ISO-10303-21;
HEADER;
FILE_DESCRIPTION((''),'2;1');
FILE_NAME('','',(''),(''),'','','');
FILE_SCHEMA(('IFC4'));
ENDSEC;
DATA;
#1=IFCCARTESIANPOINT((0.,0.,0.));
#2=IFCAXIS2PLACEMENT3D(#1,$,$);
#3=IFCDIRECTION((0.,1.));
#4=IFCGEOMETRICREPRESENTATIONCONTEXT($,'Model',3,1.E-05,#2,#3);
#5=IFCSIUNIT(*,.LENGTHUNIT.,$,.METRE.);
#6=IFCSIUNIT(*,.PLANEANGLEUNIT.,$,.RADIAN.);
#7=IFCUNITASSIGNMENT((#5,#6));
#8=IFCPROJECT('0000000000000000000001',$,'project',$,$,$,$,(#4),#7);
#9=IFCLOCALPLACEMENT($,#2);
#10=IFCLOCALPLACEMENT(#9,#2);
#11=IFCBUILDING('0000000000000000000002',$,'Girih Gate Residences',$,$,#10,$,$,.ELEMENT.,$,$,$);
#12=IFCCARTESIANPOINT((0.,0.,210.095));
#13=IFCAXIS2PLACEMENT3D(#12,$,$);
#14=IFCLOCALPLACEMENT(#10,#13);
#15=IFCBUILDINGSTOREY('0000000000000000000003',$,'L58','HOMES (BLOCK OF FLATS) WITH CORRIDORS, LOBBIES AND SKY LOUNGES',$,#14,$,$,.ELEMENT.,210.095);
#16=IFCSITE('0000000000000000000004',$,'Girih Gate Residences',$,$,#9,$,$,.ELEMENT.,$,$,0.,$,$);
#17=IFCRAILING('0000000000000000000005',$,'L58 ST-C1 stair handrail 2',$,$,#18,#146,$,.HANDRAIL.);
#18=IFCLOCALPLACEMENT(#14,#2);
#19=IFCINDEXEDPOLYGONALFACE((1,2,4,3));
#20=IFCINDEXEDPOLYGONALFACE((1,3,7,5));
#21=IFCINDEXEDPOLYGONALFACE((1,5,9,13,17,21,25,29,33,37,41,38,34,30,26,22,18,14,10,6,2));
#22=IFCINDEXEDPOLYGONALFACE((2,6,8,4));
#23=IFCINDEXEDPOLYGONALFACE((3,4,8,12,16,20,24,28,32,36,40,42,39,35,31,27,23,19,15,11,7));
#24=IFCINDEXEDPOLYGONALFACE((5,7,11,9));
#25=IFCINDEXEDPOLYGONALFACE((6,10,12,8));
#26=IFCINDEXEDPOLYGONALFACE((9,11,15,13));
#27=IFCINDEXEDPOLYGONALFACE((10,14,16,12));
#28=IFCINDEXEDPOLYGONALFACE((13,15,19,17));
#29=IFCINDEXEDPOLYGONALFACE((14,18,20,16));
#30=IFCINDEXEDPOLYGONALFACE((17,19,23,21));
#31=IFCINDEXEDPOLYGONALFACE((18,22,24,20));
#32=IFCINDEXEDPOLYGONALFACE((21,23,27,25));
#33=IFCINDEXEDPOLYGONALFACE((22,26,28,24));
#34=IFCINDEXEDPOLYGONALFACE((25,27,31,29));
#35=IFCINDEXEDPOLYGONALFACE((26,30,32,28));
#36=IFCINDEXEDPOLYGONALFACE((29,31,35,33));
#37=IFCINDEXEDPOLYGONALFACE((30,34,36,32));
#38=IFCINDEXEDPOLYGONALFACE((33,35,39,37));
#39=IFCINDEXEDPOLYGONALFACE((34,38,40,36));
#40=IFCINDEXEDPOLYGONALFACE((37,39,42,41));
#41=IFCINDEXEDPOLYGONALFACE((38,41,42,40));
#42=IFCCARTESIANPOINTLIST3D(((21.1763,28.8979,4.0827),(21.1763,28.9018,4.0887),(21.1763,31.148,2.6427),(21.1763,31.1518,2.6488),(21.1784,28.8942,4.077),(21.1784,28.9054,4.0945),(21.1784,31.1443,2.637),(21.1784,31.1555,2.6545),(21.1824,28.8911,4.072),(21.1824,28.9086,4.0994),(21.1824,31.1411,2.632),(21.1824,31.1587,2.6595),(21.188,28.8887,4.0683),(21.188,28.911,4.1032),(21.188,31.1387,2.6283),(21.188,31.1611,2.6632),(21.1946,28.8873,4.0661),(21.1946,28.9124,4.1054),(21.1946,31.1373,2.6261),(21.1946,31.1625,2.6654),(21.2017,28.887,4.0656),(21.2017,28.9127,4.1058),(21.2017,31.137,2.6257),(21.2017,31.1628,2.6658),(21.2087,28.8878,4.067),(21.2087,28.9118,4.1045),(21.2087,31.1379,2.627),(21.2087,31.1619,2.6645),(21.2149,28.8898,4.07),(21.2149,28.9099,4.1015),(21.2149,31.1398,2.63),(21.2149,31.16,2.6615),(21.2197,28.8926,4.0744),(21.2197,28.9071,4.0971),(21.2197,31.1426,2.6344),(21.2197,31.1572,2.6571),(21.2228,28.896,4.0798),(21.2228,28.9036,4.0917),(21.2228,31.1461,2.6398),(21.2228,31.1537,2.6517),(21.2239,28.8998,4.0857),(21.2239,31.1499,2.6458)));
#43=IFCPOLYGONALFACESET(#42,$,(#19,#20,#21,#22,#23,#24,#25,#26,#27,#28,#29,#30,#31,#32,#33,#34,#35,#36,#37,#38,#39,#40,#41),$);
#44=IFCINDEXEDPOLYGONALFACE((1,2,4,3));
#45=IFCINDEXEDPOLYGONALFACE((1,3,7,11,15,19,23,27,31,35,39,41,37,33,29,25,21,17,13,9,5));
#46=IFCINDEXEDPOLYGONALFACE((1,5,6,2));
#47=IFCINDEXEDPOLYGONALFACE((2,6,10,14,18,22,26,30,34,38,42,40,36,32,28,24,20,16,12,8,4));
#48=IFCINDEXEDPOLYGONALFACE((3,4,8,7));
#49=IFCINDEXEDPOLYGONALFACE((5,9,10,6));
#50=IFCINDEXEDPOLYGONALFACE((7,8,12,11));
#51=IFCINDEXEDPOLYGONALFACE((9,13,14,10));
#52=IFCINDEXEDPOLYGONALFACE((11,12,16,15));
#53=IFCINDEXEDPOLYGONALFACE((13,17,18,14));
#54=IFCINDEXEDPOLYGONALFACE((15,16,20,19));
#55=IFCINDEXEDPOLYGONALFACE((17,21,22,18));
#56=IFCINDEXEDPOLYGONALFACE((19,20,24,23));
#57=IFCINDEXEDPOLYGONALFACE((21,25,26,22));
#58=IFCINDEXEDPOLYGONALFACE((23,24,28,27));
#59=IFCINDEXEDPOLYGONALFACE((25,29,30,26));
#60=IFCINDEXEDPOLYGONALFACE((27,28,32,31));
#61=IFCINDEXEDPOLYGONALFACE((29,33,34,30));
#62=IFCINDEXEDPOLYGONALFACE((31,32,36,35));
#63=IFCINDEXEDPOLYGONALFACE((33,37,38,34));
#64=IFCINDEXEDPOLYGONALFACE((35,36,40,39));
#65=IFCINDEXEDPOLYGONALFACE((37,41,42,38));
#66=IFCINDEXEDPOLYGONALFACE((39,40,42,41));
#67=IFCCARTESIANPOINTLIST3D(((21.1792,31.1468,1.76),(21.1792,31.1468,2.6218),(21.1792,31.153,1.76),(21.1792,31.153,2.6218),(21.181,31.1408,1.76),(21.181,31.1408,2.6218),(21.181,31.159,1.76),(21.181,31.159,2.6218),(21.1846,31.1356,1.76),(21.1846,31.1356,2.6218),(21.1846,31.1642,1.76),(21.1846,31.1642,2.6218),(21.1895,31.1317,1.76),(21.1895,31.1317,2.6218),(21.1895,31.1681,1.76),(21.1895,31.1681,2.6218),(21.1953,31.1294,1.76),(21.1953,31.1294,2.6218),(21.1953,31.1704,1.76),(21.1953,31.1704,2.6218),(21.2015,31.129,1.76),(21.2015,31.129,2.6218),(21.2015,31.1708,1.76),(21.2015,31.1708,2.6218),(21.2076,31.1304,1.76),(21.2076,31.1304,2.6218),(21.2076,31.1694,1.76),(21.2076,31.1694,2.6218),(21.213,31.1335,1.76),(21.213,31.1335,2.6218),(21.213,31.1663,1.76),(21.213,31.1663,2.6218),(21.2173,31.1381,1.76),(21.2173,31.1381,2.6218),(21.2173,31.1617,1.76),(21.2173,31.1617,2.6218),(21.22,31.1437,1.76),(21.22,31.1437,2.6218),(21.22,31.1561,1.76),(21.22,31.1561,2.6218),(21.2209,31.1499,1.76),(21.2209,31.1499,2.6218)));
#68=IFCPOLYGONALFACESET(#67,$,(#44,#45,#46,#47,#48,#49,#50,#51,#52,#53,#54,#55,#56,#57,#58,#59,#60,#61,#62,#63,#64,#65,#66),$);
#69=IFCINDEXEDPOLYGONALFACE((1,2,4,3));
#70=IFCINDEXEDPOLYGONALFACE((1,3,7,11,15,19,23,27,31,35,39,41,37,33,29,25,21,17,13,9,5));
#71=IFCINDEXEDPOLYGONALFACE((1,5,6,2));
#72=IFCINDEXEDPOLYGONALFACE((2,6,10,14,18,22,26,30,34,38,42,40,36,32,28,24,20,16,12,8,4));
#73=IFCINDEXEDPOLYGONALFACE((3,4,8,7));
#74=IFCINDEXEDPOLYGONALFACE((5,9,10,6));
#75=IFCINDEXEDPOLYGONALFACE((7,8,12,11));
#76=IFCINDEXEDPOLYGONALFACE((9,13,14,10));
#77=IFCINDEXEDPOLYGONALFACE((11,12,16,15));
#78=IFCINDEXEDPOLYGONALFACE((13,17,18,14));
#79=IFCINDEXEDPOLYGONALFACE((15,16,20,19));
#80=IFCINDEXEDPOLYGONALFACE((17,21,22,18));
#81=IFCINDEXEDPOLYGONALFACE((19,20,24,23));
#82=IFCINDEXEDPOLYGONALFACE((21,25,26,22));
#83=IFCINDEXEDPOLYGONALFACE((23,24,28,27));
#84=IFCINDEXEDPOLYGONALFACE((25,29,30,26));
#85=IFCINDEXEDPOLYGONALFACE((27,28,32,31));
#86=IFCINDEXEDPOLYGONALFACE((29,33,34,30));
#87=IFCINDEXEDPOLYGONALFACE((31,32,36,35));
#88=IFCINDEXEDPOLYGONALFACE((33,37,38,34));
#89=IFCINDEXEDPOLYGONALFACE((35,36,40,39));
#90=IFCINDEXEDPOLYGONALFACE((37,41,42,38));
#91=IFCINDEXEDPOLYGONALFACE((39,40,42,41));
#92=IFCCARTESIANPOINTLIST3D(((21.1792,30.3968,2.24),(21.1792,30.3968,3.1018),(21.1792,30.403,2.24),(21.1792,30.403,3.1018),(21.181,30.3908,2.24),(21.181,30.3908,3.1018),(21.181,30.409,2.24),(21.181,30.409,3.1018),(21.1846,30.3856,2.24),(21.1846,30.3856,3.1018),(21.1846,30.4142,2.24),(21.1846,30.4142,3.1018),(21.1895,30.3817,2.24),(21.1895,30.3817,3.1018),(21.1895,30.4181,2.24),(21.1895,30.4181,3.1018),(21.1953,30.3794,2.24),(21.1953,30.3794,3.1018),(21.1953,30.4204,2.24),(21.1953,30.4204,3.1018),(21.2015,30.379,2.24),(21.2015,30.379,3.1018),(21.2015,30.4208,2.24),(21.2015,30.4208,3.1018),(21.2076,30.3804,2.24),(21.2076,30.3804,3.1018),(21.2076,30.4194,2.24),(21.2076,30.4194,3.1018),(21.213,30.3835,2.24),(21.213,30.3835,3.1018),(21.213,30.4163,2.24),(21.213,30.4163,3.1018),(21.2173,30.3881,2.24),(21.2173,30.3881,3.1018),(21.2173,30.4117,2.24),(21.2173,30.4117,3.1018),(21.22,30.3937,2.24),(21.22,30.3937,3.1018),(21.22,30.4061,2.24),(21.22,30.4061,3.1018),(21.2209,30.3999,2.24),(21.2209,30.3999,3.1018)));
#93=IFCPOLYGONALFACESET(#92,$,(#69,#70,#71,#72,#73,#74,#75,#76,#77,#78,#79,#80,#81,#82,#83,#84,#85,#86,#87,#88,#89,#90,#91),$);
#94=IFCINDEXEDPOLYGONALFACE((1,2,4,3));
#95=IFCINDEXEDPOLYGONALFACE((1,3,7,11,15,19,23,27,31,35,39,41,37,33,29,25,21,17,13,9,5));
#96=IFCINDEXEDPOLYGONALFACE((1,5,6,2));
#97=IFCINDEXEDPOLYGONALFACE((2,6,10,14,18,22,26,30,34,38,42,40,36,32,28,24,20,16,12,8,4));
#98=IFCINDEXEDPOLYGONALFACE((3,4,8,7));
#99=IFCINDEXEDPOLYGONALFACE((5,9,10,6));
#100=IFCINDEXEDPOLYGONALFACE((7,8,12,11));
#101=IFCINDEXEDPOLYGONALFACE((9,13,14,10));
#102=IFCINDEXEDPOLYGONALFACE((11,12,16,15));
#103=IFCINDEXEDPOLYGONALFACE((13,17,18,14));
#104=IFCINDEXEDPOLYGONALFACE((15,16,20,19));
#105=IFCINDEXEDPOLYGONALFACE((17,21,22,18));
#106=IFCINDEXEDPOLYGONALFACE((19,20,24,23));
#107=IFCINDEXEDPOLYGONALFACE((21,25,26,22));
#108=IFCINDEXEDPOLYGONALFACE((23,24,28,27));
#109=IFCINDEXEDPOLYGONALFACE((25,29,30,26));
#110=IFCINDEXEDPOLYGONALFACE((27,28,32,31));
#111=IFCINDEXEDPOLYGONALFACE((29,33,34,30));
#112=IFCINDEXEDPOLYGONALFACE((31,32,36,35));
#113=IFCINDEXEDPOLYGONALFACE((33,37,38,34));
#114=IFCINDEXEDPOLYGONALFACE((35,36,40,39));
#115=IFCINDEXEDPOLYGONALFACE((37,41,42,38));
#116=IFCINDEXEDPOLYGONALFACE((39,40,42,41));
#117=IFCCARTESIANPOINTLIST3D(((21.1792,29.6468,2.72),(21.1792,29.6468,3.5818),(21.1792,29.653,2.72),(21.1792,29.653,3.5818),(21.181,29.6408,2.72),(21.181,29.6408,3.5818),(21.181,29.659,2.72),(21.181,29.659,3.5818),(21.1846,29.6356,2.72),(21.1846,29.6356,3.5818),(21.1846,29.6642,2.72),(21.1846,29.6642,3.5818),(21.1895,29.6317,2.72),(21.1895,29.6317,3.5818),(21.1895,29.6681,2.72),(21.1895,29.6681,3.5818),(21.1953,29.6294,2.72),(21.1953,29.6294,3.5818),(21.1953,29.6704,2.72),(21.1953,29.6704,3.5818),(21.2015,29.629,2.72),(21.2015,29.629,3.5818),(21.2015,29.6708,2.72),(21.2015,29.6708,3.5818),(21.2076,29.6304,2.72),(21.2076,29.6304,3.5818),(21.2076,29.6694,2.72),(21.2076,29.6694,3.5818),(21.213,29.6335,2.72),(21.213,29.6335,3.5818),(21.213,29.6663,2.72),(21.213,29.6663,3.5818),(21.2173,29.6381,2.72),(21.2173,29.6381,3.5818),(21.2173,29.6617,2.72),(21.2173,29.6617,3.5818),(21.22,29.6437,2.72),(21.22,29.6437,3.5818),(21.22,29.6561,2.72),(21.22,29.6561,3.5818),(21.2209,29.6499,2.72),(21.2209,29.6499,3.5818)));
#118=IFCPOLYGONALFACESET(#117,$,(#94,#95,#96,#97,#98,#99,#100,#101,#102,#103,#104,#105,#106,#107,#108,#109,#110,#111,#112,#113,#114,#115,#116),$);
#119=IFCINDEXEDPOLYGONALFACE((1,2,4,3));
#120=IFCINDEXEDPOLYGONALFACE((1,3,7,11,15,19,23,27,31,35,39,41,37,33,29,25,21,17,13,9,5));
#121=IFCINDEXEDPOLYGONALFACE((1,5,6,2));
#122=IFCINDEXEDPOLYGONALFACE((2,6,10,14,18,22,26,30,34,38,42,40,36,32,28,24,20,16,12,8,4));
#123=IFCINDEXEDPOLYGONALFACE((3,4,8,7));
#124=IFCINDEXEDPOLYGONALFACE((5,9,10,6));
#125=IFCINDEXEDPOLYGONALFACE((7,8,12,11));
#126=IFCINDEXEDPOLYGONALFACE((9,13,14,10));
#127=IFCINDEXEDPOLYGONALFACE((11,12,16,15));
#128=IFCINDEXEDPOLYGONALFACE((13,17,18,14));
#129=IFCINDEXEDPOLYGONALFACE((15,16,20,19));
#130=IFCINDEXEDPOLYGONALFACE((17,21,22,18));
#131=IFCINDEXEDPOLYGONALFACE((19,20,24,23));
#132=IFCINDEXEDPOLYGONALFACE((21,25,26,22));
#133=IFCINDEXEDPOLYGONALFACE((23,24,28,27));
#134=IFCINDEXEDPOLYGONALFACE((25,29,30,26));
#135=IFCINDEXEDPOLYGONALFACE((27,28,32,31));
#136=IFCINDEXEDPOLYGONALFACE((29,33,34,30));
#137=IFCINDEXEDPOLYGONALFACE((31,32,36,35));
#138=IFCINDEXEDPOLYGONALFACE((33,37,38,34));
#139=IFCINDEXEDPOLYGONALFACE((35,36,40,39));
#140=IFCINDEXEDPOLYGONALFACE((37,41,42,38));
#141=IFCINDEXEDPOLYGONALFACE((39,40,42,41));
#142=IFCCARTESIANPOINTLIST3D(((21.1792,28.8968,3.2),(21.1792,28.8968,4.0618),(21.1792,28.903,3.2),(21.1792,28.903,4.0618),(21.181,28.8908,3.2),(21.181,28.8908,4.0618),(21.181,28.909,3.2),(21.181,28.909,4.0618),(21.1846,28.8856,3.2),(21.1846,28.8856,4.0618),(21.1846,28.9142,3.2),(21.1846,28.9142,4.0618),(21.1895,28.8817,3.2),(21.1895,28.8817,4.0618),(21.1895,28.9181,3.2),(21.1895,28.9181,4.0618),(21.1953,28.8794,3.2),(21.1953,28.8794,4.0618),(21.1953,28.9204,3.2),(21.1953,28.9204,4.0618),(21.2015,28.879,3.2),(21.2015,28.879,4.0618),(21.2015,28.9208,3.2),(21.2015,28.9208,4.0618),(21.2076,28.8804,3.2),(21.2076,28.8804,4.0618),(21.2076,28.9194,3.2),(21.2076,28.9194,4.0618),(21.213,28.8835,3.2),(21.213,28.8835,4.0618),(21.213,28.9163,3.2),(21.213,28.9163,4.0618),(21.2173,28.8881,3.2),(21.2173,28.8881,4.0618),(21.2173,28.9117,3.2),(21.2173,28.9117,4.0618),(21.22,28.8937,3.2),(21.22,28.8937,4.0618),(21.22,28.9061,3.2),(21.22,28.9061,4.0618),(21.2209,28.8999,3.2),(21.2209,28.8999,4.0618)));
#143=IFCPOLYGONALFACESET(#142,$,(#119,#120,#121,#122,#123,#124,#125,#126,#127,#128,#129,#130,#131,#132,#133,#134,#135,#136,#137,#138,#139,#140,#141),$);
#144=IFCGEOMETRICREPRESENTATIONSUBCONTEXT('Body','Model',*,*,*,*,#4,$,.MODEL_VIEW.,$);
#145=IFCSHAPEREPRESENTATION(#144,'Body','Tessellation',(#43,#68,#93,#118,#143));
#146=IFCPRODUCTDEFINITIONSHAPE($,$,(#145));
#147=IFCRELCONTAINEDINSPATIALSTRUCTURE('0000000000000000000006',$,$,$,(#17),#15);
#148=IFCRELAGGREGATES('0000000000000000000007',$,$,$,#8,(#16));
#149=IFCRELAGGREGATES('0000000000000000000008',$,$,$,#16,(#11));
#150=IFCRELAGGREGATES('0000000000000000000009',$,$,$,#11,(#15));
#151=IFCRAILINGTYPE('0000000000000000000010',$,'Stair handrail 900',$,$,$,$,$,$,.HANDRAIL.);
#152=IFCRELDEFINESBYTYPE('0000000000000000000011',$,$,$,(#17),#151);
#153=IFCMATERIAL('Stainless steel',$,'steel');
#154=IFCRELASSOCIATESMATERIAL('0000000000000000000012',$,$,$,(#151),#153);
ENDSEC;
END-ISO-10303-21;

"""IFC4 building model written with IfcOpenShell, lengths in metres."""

from ifc_helpers import new_model, si_unit, direction, frame, origin, origin_2d, place, context, subcontext, project, spatial, circle, extrude, material, type_object, element, save


model = new_model("IFC4")

# Units and contexts
model_context = context("Model", 3, precision=1e-05, world=origin(), true_north=direction((0.0, 1.0)))
body_context = subcontext(model_context, "Body", "Model", "MODEL_VIEW")
ifc_project = project(units=[si_unit("LENGTHUNIT", "METRE"), si_unit("PLANEANGLEUNIT", "RADIAN")], contexts=[model_context])

# Site, building, storey
site_placement = place(None, origin())
site = spatial("IfcSite", under=ifc_project, at=site_placement, Name="Girih Gate Residences", CompositionType="ELEMENT", RefElevation=0.0)
building_placement = place(site_placement, origin())
building = spatial("IfcBuilding", under=site, at=building_placement, Name="Girih Gate Residences", CompositionType="ELEMENT")
storey_placement = place(building_placement, frame((0.0, 0.0, 210.095)))
storey = spatial("IfcBuildingStorey", under=building, at=storey_placement, Name="L58", Description="HOMES (BLOCK OF FLATS) WITH CORRIDORS, LOBBIES AND SKY LOUNGES", CompositionType="ELEMENT", Elevation=210.095)

# Railing
ifc_material_1 = material(Name="Stainless steel", Category="steel")
railing_type_1 = type_object("IfcRailingType", Name="Stair handrail 900", PredefinedType="HANDRAIL", material=ifc_material_1)
railing_1_placement = place(storey_placement, frame((21.2, 31.1499, 1.76)))
element("IfcRailing", 1, at=railing_1_placement, inside=storey, type_object=railing_type_1, Name="L58 ST-C1 stair handrail 2", PredefinedType="HANDRAIL", context=body_context, shape_type="SweptSolid", body=[
    extrude(circle(Radius=0.0239, at=origin_2d()), frame((0.0, 0.0, 0.8857), z_axis=(0.0, -0.842281, 0.539038), x_axis=(1.0, 0.0, 0.0)), (0.0, 0.0, 1.0), 2.6714),
    extrude(circle(Radius=0.021, at=origin_2d()), origin(), (0.0, 0.0, 1.0), 0.8618),
    extrude(circle(Radius=0.021, at=origin_2d()), frame((0.0, -0.75, 0.48)), (0.0, 0.0, 1.0), 0.8618),
    extrude(circle(Radius=0.021, at=origin_2d()), frame((0.0, -1.5, 0.96)), (0.0, 0.0, 1.0), 0.8618),
    extrude(circle(Radius=0.021, at=origin_2d()), frame((0.0, -2.25, 1.4399)), (0.0, 0.0, 1.0), 0.8618),
])

save(model, "model.ifc")
